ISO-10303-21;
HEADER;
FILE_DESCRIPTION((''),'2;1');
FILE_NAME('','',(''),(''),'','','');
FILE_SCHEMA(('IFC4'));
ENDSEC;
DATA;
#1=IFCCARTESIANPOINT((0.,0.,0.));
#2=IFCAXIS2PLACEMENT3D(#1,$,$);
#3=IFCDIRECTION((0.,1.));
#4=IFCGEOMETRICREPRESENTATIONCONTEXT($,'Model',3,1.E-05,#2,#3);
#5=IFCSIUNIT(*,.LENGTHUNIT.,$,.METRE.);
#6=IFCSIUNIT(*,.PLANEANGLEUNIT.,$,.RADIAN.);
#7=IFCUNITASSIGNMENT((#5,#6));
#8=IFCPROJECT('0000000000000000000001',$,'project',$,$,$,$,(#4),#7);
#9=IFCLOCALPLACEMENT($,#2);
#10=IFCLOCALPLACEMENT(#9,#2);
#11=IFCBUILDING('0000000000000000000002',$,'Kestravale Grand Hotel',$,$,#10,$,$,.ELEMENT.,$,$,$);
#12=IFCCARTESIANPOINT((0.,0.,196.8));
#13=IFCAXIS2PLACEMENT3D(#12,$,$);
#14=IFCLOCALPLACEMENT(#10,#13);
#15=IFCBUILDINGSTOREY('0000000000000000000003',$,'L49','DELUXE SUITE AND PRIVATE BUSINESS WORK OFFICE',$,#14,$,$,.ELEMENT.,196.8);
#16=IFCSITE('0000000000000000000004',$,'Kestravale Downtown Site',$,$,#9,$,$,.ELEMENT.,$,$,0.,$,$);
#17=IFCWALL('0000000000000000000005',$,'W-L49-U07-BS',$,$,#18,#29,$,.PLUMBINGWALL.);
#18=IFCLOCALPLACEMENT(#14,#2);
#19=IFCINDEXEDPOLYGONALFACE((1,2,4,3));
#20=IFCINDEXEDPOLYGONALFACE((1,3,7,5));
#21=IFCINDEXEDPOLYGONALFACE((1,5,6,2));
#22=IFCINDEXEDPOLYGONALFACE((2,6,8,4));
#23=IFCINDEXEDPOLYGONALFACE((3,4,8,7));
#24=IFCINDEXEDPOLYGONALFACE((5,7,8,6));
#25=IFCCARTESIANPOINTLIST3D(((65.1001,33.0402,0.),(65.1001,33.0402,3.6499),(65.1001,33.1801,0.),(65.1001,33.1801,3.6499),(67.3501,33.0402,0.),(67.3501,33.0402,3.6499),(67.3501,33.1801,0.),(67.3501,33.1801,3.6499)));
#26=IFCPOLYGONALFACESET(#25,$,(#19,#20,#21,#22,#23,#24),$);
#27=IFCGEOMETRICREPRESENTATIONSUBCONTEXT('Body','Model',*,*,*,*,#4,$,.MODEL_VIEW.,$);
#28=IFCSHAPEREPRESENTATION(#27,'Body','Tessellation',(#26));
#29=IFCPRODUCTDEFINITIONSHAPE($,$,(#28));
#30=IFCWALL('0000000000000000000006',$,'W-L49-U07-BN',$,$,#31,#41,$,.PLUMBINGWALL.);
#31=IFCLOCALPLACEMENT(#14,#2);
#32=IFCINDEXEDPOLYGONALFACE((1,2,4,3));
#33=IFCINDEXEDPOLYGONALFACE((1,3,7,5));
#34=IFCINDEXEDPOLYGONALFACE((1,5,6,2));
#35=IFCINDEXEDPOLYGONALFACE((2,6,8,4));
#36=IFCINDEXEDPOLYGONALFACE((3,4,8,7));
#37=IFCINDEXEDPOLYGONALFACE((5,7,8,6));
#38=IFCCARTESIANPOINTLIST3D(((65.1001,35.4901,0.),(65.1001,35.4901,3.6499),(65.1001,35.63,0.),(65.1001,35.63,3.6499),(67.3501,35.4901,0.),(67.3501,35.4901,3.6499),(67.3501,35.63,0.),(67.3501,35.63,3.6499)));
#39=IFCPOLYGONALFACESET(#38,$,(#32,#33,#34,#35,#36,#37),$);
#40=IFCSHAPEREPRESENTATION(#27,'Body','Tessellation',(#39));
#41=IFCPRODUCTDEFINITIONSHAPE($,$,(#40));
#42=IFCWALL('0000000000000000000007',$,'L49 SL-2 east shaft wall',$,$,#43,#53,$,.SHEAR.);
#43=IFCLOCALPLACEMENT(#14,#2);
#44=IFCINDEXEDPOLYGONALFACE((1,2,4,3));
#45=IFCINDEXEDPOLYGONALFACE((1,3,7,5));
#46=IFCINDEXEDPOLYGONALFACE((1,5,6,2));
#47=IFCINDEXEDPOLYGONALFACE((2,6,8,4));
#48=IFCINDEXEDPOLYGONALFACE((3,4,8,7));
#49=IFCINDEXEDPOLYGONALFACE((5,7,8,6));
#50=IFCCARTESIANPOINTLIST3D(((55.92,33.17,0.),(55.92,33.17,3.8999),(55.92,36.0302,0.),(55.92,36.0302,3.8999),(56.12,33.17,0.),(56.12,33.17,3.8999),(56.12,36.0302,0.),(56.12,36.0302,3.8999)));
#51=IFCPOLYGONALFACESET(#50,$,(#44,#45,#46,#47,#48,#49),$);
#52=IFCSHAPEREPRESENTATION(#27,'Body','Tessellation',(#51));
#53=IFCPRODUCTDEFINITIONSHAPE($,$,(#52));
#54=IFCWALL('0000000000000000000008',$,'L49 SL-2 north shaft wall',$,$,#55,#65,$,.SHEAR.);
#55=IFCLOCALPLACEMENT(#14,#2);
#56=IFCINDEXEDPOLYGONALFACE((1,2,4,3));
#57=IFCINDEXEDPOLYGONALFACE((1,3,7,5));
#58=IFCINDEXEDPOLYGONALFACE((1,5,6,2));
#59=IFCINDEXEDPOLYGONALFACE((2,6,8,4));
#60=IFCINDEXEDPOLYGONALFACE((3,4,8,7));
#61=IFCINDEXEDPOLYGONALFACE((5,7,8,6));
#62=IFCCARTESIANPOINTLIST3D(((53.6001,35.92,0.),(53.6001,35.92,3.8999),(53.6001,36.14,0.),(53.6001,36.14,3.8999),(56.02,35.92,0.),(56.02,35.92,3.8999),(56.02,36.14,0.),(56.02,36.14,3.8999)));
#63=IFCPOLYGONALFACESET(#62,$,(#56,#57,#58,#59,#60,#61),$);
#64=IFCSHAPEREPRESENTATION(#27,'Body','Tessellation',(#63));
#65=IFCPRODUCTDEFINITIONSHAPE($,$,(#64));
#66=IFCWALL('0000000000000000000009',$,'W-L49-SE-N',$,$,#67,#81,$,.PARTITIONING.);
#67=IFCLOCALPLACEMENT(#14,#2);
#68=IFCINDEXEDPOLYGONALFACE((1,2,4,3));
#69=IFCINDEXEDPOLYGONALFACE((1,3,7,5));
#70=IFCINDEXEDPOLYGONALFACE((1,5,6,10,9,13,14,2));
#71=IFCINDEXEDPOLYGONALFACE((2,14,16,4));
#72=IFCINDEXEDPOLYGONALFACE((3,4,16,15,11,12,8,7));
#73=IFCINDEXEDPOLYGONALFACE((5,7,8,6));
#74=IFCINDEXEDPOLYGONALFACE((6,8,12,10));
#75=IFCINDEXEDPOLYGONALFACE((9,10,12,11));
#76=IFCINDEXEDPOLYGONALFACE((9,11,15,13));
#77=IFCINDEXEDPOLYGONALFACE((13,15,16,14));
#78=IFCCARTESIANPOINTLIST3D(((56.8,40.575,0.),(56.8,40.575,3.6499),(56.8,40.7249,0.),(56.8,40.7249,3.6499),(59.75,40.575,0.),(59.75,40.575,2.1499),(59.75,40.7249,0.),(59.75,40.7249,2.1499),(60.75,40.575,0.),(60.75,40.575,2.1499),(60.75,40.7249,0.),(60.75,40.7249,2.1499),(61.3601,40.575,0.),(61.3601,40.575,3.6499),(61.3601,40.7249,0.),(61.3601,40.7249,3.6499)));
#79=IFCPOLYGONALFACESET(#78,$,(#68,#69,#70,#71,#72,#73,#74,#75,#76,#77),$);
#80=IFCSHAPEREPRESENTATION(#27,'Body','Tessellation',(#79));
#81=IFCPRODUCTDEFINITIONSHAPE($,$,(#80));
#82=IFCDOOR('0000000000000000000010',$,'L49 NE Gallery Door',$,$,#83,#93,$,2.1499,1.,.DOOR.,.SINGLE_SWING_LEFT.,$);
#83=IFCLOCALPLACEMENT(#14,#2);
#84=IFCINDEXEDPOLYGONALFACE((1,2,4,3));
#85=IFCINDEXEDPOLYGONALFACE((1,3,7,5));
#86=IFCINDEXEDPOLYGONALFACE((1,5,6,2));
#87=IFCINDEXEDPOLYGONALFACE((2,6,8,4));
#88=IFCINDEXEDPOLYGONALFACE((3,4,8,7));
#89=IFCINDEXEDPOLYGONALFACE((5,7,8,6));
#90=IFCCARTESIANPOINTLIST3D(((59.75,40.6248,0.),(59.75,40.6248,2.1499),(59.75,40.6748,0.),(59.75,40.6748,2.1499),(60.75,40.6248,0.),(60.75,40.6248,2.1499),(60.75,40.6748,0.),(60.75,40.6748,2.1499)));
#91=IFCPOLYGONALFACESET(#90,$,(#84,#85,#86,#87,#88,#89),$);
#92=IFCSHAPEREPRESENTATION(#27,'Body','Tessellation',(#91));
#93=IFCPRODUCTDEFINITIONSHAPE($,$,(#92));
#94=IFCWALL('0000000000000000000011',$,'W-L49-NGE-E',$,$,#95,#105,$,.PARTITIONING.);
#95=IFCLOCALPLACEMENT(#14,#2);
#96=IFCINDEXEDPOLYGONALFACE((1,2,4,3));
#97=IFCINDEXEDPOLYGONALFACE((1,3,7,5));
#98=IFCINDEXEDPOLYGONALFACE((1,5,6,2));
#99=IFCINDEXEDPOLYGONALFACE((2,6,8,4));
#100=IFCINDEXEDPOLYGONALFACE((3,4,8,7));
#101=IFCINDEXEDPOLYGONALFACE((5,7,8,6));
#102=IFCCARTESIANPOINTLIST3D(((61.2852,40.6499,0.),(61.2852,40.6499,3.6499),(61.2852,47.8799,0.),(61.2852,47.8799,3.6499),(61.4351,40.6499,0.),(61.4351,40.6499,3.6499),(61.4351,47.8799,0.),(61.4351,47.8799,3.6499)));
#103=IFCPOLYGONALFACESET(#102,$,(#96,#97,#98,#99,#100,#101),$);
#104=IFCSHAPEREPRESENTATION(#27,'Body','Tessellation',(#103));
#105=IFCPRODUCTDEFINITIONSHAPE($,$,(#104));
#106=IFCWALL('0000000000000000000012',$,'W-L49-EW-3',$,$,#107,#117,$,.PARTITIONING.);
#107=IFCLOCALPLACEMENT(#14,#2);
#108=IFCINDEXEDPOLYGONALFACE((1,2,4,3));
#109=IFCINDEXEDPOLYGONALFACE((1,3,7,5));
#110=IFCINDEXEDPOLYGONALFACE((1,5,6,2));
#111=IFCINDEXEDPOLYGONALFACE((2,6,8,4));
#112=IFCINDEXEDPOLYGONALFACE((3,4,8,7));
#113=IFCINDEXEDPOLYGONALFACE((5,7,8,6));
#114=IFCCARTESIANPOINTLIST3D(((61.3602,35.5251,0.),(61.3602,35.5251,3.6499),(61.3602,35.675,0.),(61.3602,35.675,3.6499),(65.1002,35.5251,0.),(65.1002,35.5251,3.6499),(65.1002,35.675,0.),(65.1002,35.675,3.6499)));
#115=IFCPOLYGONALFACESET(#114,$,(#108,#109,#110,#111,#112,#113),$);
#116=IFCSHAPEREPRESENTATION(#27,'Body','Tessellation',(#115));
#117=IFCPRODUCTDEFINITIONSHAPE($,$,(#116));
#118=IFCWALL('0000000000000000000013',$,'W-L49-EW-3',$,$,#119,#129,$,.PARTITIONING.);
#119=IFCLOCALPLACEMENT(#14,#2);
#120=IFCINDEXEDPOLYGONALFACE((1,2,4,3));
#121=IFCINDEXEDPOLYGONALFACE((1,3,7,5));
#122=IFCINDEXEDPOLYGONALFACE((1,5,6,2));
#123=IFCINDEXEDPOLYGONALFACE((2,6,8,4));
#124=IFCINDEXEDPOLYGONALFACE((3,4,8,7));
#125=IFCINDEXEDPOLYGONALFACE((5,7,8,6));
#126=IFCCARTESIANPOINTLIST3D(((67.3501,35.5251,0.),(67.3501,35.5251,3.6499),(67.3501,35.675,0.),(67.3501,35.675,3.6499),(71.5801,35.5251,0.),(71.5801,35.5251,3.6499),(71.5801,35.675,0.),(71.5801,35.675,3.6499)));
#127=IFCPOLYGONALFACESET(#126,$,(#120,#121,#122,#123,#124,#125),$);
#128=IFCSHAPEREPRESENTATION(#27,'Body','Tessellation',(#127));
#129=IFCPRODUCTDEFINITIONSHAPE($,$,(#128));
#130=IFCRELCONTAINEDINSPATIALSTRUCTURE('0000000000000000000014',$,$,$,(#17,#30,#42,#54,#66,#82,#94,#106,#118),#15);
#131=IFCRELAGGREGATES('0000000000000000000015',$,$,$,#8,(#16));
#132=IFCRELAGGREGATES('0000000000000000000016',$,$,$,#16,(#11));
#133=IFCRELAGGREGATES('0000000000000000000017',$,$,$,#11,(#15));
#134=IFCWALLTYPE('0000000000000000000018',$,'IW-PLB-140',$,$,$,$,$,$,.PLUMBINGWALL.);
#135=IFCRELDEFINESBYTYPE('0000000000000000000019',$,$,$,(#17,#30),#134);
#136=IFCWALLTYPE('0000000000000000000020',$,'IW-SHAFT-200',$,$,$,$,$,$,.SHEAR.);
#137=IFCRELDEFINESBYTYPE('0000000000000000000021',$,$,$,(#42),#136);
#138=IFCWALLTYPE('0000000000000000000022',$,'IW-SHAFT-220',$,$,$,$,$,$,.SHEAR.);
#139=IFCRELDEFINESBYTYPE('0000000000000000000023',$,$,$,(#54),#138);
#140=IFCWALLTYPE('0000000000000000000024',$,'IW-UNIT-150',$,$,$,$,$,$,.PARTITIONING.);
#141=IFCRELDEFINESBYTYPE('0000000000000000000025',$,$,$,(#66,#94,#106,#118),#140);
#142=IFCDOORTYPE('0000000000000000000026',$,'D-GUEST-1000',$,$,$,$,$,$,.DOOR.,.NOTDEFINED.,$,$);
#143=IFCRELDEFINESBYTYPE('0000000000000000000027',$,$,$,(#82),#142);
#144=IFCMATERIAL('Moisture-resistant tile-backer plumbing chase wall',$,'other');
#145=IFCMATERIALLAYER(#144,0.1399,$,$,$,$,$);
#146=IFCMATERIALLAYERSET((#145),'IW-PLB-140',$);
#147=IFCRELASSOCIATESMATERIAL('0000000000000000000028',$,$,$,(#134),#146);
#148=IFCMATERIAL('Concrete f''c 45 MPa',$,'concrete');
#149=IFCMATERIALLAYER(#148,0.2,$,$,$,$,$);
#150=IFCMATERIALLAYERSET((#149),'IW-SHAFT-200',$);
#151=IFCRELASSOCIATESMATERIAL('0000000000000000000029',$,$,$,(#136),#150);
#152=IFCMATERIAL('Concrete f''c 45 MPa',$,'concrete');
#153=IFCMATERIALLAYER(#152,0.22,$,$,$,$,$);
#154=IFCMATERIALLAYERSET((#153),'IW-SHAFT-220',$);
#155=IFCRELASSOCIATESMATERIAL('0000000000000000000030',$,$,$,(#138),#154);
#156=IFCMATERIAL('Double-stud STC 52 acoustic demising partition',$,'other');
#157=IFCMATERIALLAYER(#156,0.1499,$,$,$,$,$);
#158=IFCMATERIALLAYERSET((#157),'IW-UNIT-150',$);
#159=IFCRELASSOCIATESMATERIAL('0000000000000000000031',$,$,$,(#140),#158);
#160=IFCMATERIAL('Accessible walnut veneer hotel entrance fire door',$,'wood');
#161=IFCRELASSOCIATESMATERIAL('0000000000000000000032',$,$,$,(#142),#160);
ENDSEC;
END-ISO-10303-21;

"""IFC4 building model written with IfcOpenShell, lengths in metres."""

from ifc_helpers import new_model, si_unit, direction, frame, frame_2d, origin, place, context, subcontext, project, spatial, rectangle, extrude, material, layer, layer_set, type_object, element, fill, save


model = new_model("IFC4")

# Units and contexts
model_context = context("Model", 3, precision=1e-05, world=origin(), true_north=direction((0.0, 1.0)))
body_context = subcontext(model_context, "Body", "Model", "MODEL_VIEW")
ifc_project = project(units=[si_unit("LENGTHUNIT", "METRE"), si_unit("PLANEANGLEUNIT", "RADIAN")], contexts=[model_context])

# Site, building, storey
site_placement = place(None, origin())
site = spatial("IfcSite", under=ifc_project, at=site_placement, Name="Kestravale Downtown Site", CompositionType="ELEMENT", RefElevation=0.0)
building_placement = place(site_placement, origin())
building = spatial("IfcBuilding", under=site, at=building_placement, Name="Kestravale Grand Hotel", CompositionType="ELEMENT")
storey_placement = place(building_placement, frame((0.0, 0.0, 196.8)))
storey = spatial("IfcBuildingStorey", under=building, at=storey_placement, Name="L49", Description="DELUXE SUITE AND PRIVATE BUSINESS WORK OFFICE", CompositionType="ELEMENT", Elevation=196.8)

# Shared definitions
ifc_material_1 = material(Name="Moisture-resistant tile-backer plumbing chase wall", Category="other")
ifc_layer_1 = layer(ifc_material_1, 0.1399)
ifc_layer_set_1 = layer_set([ifc_layer_1], Name="IW-PLB-140")
wall_type_1 = type_object("IfcWallType", Name="IW-PLB-140", PredefinedType="PLUMBINGWALL", material=ifc_layer_set_1)

# Walls
for number, where, z_axis, x_axis, name in (
    (1, (65.1001, 33.1101, 0.0), (0.0, 0.0, 1.0), (1.0, 0.0, 0.0), "W-L49-U07-BS"),
    (2, (65.1001, 35.5601, 0.0), (0.0, 0.0, 1.0), (1.0, 0.0, 0.0), "W-L49-U07-BN"),
):
    element("IfcWall", number, at=place(storey_placement, frame(where, z_axis=z_axis, x_axis=x_axis)), inside=storey, type_object=wall_type_1, Name=name, PredefinedType="PLUMBINGWALL", context=body_context, shape_type="SweptSolid", body=[
        extrude(rectangle(XDim=2.25, YDim=0.1399, at=frame_2d((1.125, 0.0))), origin(), (0.0, 0.0, 1.0), 3.6499),
    ])
ifc_material_2 = material(Name="Concrete f'c 45 MPa", Category="concrete")
ifc_layer_2 = layer(ifc_material_2, 0.2)
ifc_layer_set_2 = layer_set([ifc_layer_2], Name="IW-SHAFT-200")
wall_type_2 = type_object("IfcWallType", Name="IW-SHAFT-200", PredefinedType="SHEAR", material=ifc_layer_set_2)
wall_1_placement = place(storey_placement, frame((56.02, 33.1699, 0.0), z_axis=(0.0, 0.0, 1.0), x_axis=(0.0, 1.0, 0.0)))
element("IfcWall", 3, at=wall_1_placement, inside=storey, type_object=wall_type_2, Name="L49 SL-2 east shaft wall", PredefinedType="SHEAR", context=body_context, shape_type="SweptSolid", body=[
    extrude(rectangle(XDim=2.8601, YDim=0.2, at=frame_2d((1.4302, 0.0))), origin(), (0.0, 0.0, 1.0), 3.8999),
])
ifc_material_3 = material(Name="Concrete f'c 45 MPa", Category="concrete")
ifc_layer_3 = layer(ifc_material_3, 0.22)
ifc_layer_set_3 = layer_set([ifc_layer_3], Name="IW-SHAFT-220")
wall_type_3 = type_object("IfcWallType", Name="IW-SHAFT-220", PredefinedType="SHEAR", material=ifc_layer_set_3)
wall_2_placement = place(storey_placement, frame((53.6001, 36.03, 0.0), z_axis=(0.0, 0.0, 1.0), x_axis=(1.0, 0.0, 0.0)))
element("IfcWall", 4, at=wall_2_placement, inside=storey, type_object=wall_type_3, Name="L49 SL-2 north shaft wall", PredefinedType="SHEAR", context=body_context, shape_type="SweptSolid", body=[
    extrude(rectangle(XDim=2.4199, YDim=0.22, at=frame_2d((1.21, 0.0))), origin(), (0.0, 0.0, 1.0), 3.8999),
])

# Wall, opening, door
ifc_material_4 = material(Name="Double-stud STC 52 acoustic demising partition", Category="other")
ifc_layer_4 = layer(ifc_material_4, 0.1499)
ifc_layer_set_4 = layer_set([ifc_layer_4], Name="IW-UNIT-150")
wall_type_4 = type_object("IfcWallType", Name="IW-UNIT-150", PredefinedType="PARTITIONING", material=ifc_layer_set_4)
wall_3_placement = place(storey_placement, frame((56.8, 40.6499, 0.0), z_axis=(0.0, 0.0, 1.0), x_axis=(1.0, 0.0, 0.0)))
wall_3 = element("IfcWall", 5, at=wall_3_placement, inside=storey, type_object=wall_type_4, Name="W-L49-SE-N", PredefinedType="PARTITIONING", context=body_context, shape_type="SweptSolid", body=[
    extrude(rectangle(XDim=4.5601, YDim=0.1499, at=frame_2d((2.28, 0.0))), origin(), (0.0, 0.0, 1.0), 3.6499),
])
opening_1_placement = place(wall_3_placement, frame((2.95, 0.0, 0.0)))
opening_1 = element("IfcOpeningElement", 6, at=opening_1_placement, cuts=wall_3, PredefinedType="OPENING", context=body_context, shape_type="SweptSolid", body=[
    extrude(rectangle(XDim=1.0, YDim=2.1499, at=frame_2d((0.5, 1.075))), frame((0.0, 0.085, 0.0), z_axis=(0.0, -1.0, 0.0), x_axis=(1.0, 0.0, 0.0)), (0.0, 0.0, 1.0), 0.1699),
])
ifc_material_5 = material(Name="Accessible walnut veneer hotel entrance fire door", Category="wood")
door_type_1 = type_object("IfcDoorType", Name="D-GUEST-1000", OperationType="NOTDEFINED", PredefinedType="DOOR", material=ifc_material_5)
door_1_placement = place(opening_1_placement, origin())
door_1 = element("IfcDoor", 7, at=door_1_placement, inside=storey, type_object=door_type_1, Name="L49 NE Gallery Door", OperationType="SINGLE_SWING_LEFT", OverallHeight=2.1499, OverallWidth=1.0, PredefinedType="DOOR", context=body_context, shape_type="SweptSolid", body=[
    extrude(rectangle(XDim=1.0, YDim=2.1499, at=frame_2d((0.5, 1.075))), frame((0.0, 0.0249, 0.0), z_axis=(0.0, -1.0, 0.0), x_axis=(1.0, 0.0, 0.0)), (0.0, 0.0, 1.0), 0.05),
])
fill(opening_1, door_1)

# Walls
wall_4_placement = place(storey_placement, frame((61.3601, 40.6499, 0.0), z_axis=(0.0, 0.0, 1.0), x_axis=(0.0, 1.0, 0.0)))
element("IfcWall", 8, at=wall_4_placement, inside=storey, type_object=wall_type_4, Name="W-L49-NGE-E", PredefinedType="PARTITIONING", context=body_context, shape_type="SweptSolid", body=[
    extrude(rectangle(XDim=7.23, YDim=0.1499, at=frame_2d((3.615, 0.0))), origin(), (0.0, 0.0, 1.0), 3.6499),
])
wall_5_placement = place(storey_placement, frame((61.3601, 35.6001, 0.0), z_axis=(0.0, 0.0, 1.0), x_axis=(1.0, 0.0, 0.0)))
element("IfcWall", 9, at=wall_5_placement, inside=storey, type_object=wall_type_4, Name="W-L49-EW-3", PredefinedType="PARTITIONING", context=body_context, shape_type="SweptSolid", body=[
    extrude(rectangle(XDim=3.74, YDim=0.1499, at=frame_2d((1.8701, 0.0))), origin(), (0.0, 0.0, 1.0), 3.6499),
])
wall_6_placement = place(storey_placement, frame((67.3501, 35.6001, 0.0), z_axis=(0.0, 0.0, 1.0), x_axis=(1.0, 0.0, 0.0)))
element("IfcWall", 10, at=wall_6_placement, inside=storey, type_object=wall_type_4, Name="W-L49-EW-3", PredefinedType="PARTITIONING", context=body_context, shape_type="SweptSolid", body=[
    extrude(rectangle(XDim=4.23, YDim=0.1499, at=frame_2d((2.115, 0.0))), origin(), (0.0, 0.0, 1.0), 3.6499),
])

save(model, "model.ifc")
